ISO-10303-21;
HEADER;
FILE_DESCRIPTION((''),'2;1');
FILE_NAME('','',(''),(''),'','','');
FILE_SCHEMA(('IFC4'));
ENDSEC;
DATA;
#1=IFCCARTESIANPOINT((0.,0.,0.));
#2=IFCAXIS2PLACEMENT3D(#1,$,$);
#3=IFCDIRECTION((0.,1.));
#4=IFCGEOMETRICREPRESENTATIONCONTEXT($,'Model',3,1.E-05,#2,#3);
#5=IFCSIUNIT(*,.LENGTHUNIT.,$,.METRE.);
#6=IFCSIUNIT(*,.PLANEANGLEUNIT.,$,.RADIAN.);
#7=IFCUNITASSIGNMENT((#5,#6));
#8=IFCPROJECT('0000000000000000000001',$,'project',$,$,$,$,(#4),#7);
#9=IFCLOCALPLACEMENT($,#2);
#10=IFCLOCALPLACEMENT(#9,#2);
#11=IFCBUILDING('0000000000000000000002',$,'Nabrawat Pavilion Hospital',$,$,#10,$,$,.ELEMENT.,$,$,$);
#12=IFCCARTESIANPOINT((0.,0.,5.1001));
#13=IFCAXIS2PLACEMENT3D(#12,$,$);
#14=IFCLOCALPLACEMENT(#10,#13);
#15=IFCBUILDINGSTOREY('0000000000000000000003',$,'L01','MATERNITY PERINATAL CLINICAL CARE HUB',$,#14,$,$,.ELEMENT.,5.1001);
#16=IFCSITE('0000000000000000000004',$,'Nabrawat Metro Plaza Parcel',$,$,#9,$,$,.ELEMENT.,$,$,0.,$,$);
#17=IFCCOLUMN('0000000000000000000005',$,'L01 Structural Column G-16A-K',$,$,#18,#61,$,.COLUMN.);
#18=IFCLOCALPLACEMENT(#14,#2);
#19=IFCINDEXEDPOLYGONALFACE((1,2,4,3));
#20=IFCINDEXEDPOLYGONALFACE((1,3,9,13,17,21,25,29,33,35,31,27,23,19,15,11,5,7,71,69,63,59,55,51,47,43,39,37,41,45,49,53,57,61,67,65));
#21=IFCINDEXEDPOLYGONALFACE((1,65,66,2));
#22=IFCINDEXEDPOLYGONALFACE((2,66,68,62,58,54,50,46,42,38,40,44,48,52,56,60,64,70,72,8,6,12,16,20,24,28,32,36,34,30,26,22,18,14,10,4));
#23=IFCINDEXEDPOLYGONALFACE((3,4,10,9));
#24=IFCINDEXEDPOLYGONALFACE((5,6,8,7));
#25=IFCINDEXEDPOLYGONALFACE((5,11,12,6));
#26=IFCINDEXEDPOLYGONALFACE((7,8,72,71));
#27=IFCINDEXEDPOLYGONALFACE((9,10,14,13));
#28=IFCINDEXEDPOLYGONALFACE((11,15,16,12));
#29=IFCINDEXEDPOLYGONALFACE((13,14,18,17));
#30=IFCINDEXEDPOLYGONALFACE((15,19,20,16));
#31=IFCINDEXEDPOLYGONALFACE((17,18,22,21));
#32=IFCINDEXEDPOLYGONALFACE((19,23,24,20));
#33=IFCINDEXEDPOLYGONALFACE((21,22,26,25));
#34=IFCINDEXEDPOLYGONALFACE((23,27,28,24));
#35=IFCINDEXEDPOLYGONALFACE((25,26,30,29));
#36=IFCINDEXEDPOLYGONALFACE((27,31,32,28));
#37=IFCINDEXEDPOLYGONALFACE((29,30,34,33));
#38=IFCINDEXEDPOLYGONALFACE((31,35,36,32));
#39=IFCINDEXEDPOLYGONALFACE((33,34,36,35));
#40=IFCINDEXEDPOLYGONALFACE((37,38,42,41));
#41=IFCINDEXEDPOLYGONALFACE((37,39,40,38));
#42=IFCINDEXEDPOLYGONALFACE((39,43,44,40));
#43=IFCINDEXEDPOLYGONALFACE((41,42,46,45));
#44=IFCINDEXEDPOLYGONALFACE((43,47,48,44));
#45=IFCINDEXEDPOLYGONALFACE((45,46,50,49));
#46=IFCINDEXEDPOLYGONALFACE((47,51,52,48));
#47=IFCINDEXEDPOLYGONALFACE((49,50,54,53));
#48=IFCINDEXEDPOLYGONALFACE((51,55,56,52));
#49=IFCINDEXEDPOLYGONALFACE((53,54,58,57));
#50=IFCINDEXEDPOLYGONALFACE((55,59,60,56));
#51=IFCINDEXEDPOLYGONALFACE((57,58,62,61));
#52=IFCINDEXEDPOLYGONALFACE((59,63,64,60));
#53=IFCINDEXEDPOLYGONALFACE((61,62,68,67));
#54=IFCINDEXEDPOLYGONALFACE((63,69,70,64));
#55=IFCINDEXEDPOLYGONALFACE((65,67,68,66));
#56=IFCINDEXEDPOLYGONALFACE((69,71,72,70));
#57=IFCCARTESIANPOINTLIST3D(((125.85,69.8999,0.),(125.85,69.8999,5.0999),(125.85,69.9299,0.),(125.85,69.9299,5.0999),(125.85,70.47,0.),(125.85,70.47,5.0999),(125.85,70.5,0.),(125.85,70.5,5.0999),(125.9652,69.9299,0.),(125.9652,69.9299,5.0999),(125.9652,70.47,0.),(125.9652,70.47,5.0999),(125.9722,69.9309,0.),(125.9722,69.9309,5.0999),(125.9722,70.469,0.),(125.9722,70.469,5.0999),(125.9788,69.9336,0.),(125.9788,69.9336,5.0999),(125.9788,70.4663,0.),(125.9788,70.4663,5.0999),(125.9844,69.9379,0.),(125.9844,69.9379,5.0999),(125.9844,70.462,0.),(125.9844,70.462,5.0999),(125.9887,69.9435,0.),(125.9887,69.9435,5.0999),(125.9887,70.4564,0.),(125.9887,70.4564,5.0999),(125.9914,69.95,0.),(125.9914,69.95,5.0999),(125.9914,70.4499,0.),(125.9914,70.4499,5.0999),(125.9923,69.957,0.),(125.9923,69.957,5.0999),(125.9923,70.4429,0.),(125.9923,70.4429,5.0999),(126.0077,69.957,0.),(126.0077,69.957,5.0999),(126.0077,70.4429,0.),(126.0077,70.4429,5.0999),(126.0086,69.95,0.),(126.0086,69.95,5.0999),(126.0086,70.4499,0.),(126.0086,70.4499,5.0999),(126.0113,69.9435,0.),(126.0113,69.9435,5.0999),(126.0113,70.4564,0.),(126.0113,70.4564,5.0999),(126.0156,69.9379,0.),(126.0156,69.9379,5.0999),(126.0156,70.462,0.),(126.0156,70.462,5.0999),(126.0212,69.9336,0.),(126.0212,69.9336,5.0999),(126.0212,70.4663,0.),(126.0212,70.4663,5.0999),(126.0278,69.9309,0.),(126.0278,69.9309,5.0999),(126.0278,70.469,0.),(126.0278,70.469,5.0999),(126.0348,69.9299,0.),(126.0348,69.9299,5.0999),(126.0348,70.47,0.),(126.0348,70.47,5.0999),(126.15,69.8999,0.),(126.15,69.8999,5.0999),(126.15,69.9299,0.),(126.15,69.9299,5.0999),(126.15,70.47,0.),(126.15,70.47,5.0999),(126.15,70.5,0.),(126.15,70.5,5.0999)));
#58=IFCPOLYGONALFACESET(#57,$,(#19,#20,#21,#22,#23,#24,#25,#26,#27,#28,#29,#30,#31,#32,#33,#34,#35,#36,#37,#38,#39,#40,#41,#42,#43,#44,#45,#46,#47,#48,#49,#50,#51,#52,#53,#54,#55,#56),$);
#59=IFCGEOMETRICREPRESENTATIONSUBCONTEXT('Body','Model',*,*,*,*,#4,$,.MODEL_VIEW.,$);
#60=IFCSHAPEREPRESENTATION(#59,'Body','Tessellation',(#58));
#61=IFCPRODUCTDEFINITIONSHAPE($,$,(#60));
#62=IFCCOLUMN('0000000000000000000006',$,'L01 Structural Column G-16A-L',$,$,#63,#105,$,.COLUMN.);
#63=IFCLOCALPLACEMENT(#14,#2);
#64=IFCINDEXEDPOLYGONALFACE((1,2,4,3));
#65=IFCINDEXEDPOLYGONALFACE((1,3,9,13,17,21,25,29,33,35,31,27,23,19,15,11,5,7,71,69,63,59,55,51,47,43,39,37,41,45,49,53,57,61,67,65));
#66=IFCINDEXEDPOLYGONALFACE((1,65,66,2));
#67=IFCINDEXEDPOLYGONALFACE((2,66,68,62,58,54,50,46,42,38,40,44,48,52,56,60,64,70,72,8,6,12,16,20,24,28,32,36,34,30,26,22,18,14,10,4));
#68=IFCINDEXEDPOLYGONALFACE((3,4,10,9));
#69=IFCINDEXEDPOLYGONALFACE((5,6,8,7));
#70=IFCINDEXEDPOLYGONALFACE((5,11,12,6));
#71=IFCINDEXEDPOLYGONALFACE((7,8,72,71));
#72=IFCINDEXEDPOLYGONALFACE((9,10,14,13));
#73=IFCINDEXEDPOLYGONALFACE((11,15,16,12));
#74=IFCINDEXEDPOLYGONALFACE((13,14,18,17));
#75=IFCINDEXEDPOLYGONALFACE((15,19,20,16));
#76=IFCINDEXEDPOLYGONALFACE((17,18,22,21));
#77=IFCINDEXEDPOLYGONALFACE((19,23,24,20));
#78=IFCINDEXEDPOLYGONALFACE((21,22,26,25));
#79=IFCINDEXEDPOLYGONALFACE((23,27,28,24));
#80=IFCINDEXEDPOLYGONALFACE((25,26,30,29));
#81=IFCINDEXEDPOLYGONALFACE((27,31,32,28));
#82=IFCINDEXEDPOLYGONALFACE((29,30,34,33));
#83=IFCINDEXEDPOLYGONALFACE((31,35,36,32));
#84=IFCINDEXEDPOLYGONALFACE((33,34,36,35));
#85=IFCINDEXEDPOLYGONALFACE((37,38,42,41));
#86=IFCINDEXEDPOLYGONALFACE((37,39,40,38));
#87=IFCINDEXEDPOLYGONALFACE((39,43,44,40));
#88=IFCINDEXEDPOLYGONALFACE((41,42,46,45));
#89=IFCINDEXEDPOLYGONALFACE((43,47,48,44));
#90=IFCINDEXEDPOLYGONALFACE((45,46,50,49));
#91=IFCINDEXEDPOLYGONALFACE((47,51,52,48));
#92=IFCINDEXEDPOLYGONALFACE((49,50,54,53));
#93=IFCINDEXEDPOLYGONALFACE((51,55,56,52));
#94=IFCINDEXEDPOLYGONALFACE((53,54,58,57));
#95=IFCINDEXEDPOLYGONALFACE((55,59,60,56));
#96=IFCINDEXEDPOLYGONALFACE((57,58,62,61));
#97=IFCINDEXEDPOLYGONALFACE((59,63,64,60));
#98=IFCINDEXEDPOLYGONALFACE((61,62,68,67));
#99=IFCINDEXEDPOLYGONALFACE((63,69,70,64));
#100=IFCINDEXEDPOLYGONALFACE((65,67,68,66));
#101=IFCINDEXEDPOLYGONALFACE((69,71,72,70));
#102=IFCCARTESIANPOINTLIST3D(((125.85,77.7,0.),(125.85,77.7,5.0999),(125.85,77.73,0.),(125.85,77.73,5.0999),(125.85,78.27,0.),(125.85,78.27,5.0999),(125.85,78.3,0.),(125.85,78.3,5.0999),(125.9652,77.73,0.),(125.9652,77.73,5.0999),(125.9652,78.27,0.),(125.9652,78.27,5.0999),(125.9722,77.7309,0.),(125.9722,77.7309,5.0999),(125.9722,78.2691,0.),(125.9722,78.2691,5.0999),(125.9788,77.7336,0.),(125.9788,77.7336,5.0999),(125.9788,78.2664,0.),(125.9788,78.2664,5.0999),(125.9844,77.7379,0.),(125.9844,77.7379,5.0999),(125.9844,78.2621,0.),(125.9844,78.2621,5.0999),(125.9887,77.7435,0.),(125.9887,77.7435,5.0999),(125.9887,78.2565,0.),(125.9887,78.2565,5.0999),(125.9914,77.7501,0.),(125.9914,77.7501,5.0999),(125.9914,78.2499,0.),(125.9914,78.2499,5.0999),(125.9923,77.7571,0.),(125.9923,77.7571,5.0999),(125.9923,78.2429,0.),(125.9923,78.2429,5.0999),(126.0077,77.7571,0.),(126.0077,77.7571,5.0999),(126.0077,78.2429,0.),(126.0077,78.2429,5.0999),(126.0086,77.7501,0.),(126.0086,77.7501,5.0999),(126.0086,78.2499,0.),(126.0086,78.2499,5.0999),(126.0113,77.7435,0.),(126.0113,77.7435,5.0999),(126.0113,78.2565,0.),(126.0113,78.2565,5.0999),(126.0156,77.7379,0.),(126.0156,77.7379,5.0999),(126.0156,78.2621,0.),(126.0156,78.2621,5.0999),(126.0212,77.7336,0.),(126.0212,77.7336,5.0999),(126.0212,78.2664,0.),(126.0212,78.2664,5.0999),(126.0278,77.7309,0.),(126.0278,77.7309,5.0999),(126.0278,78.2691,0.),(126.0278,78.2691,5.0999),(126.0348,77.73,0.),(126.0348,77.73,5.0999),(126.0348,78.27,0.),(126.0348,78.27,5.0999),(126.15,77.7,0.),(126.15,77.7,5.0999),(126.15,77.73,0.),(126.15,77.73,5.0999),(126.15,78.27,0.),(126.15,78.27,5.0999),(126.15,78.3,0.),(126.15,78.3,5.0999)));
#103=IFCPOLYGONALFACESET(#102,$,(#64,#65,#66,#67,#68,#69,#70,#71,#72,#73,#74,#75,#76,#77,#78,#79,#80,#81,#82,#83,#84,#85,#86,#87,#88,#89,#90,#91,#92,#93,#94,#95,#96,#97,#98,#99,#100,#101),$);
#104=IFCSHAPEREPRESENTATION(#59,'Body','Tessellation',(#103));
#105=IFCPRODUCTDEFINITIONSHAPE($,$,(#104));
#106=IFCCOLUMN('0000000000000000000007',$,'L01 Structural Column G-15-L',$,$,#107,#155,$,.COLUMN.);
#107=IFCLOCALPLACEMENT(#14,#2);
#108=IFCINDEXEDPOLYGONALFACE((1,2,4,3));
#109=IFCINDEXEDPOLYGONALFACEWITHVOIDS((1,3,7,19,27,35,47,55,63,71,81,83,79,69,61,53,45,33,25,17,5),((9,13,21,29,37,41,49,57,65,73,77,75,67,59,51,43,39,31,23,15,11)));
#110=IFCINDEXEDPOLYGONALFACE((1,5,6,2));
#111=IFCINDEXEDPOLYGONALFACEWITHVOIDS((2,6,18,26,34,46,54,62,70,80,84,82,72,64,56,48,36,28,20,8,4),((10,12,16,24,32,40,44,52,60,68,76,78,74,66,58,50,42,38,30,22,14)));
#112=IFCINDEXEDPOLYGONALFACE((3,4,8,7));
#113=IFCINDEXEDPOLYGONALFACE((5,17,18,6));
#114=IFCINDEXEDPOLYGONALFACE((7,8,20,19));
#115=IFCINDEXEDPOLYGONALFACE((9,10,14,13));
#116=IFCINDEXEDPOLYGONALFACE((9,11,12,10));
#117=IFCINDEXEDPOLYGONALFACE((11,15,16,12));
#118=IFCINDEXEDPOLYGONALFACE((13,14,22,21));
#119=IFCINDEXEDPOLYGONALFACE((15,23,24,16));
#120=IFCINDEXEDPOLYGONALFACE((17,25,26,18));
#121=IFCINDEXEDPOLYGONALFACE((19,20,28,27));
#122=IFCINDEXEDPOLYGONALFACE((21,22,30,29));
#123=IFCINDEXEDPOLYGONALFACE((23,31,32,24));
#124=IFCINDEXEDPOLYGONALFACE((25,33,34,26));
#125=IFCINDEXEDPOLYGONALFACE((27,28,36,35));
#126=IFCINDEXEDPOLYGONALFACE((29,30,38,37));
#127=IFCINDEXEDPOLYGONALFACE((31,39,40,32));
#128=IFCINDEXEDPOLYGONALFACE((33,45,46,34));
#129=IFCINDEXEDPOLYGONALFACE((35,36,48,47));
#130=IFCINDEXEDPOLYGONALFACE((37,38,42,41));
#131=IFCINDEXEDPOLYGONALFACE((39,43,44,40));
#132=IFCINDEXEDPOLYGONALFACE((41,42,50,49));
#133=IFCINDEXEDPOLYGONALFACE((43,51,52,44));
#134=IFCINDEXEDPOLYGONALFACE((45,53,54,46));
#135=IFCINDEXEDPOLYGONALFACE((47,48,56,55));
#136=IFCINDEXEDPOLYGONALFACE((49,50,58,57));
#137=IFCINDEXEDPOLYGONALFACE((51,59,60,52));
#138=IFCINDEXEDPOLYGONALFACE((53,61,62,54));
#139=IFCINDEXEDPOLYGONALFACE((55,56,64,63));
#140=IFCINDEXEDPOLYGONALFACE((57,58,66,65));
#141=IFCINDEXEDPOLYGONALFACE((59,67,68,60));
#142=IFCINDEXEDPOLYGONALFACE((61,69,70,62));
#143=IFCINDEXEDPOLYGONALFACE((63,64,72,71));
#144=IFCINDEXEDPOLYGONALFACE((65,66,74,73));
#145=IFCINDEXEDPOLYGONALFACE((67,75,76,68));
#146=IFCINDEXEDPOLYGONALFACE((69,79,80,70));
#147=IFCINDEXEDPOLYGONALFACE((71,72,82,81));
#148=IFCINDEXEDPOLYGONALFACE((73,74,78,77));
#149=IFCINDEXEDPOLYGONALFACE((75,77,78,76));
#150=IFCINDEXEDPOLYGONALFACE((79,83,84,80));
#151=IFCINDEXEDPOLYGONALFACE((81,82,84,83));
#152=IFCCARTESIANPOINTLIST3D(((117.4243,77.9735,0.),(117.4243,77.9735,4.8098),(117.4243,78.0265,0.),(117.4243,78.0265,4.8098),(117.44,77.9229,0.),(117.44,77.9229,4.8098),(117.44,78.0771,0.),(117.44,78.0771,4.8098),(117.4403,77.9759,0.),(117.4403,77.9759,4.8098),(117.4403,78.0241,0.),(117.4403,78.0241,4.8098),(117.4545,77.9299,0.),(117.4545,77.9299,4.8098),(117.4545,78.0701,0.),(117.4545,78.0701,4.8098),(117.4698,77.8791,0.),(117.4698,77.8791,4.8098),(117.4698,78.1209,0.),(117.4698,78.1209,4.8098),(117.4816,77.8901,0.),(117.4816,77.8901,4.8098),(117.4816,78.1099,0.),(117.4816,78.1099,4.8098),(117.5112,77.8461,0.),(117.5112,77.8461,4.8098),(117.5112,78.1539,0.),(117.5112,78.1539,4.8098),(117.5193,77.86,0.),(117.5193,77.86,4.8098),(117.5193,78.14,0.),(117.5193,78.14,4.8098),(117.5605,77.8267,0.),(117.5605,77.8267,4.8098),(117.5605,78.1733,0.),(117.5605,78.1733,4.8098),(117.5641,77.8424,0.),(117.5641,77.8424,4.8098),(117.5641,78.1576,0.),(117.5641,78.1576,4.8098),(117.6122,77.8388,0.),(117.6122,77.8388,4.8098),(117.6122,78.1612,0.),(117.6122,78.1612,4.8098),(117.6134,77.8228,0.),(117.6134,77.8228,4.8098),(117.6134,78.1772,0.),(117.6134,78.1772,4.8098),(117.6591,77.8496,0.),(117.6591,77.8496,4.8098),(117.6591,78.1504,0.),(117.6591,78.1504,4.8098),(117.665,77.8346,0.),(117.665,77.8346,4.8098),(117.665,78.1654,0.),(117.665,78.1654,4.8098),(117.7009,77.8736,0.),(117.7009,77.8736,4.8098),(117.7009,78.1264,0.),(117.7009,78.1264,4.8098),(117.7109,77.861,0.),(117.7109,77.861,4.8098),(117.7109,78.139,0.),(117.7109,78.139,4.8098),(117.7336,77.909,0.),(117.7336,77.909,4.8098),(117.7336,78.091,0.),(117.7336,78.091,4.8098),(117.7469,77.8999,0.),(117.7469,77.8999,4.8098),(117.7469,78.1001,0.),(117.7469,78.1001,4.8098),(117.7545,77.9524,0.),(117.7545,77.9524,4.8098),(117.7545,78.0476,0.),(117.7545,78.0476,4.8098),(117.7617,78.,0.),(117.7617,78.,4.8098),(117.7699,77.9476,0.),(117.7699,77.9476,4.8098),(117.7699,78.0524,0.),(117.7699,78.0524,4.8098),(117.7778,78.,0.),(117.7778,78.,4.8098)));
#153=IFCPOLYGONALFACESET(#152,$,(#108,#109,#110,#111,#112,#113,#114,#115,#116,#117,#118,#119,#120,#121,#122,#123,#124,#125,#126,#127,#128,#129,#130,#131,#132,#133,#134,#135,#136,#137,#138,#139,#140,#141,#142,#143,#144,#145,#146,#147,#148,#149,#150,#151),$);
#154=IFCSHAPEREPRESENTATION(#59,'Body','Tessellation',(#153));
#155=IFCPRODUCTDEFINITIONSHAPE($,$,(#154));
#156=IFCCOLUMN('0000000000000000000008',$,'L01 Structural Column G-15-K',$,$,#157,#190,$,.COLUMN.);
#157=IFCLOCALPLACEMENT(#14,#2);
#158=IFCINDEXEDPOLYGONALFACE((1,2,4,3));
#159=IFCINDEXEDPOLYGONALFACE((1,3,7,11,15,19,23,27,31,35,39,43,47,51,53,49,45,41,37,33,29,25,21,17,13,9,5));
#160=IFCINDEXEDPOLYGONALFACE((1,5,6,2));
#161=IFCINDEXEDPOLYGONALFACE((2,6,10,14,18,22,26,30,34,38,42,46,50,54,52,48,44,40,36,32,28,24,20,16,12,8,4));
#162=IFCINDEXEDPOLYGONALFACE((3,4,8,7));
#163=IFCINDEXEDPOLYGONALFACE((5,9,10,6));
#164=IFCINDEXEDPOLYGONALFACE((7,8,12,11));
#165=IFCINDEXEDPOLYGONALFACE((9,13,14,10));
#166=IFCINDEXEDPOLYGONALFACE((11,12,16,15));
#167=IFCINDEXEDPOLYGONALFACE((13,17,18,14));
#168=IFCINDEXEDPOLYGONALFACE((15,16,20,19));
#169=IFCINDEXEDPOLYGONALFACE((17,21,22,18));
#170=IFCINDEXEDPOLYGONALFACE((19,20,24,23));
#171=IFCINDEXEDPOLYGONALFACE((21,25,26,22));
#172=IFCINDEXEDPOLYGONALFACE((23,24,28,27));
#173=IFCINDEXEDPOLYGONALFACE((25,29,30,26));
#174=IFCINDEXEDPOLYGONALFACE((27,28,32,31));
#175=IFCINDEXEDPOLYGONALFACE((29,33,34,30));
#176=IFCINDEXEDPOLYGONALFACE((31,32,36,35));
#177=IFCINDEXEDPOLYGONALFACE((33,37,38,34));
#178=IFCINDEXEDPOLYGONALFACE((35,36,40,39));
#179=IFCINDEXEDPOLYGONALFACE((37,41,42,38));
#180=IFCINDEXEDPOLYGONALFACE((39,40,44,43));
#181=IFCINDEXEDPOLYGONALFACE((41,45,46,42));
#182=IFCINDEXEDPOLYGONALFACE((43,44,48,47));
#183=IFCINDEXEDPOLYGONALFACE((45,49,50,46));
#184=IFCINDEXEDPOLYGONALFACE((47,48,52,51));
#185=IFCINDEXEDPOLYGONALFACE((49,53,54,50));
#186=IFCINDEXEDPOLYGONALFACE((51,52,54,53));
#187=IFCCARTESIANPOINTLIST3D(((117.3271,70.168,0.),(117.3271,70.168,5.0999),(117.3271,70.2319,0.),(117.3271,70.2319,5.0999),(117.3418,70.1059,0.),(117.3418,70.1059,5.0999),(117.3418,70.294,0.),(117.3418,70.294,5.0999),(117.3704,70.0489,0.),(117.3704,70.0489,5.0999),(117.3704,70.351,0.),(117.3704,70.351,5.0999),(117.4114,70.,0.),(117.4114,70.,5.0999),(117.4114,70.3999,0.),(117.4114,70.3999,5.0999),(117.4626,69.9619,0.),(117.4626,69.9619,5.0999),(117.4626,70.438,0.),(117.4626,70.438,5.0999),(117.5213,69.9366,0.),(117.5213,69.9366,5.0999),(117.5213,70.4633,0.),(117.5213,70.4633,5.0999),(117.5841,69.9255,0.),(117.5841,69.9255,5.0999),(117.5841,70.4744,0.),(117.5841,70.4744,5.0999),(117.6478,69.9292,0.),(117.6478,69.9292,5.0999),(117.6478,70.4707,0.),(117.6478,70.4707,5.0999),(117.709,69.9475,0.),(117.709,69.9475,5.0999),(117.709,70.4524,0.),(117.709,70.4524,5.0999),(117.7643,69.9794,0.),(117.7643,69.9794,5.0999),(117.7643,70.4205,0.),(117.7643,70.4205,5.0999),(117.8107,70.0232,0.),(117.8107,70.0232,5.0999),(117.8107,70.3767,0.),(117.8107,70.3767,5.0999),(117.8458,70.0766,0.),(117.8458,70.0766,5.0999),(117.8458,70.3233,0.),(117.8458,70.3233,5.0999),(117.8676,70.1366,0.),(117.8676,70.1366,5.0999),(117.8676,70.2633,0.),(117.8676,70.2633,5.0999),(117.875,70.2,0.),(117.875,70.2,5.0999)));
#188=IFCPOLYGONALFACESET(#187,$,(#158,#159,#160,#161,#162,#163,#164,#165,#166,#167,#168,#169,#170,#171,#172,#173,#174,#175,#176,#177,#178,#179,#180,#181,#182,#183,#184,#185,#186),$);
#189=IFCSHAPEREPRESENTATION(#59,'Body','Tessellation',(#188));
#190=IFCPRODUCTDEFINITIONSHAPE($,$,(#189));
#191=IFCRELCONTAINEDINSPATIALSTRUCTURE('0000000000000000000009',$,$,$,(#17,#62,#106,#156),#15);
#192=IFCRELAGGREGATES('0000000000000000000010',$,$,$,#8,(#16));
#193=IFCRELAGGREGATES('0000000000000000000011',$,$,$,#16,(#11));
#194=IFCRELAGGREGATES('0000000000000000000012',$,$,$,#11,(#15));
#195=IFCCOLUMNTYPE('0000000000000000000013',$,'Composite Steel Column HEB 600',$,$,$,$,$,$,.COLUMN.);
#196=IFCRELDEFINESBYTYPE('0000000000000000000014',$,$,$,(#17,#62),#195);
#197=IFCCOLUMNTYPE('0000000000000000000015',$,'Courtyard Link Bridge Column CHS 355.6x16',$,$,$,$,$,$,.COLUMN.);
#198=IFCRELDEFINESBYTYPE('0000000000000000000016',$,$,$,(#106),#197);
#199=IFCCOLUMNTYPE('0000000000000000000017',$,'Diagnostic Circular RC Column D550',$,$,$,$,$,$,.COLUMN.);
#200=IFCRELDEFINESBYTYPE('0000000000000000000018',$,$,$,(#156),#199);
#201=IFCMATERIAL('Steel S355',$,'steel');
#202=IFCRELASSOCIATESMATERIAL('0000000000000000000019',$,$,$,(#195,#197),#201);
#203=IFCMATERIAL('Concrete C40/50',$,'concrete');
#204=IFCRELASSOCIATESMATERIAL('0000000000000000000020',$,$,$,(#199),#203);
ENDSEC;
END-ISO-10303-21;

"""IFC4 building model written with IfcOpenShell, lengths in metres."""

from ifc_helpers import new_model, si_unit, direction, frame, origin, origin_2d, place, context, subcontext, project, spatial, circle, hollow_circle, i_section, extrude, material, material_profile, profile_set, type_object, element, save


model = new_model("IFC4")

# Units and contexts
model_context = context("Model", 3, precision=1e-05, world=origin(), true_north=direction((0.0, 1.0)))
body_context = subcontext(model_context, "Body", "Model", "MODEL_VIEW")
ifc_project = project(units=[si_unit("LENGTHUNIT", "METRE"), si_unit("PLANEANGLEUNIT", "RADIAN")], contexts=[model_context])

# Site, building, storey
site_placement = place(None, origin())
site = spatial("IfcSite", under=ifc_project, at=site_placement, Name="Nabrawat Metro Plaza Parcel", CompositionType="ELEMENT", RefElevation=0.0)
building_placement = place(site_placement, origin())
building = spatial("IfcBuilding", under=site, at=building_placement, Name="Nabrawat Pavilion Hospital", CompositionType="ELEMENT")
storey_placement = place(building_placement, frame((0.0, 0.0, 5.1001)))
storey = spatial("IfcBuildingStorey", under=building, at=storey_placement, Name="L01", Description="MATERNITY PERINATAL CLINICAL CARE HUB", CompositionType="ELEMENT", Elevation=5.1001)

# Columns
ifc_material_1 = material(Name="Steel S355", Category="steel")
ifc_material_profile_1 = material_profile(ifc_material_1, i_section(OverallWidth=0.3, OverallDepth=0.6001, WebThickness=0.0154, FlangeThickness=0.03, FilletRadius=0.0271, at=origin_2d()), Name="HEB 600")
ifc_profile_set_1 = profile_set([ifc_material_profile_1], Name="Steel S355")
column_type_1 = type_object("IfcColumnType", Name="Composite Steel Column HEB 600", PredefinedType="COLUMN", material=ifc_profile_set_1)
for number, where, z_axis, x_axis, name in (
    (1, (126.0, 70.2, 0.0), (0.0, 0.0, 1.0), (1.0, 0.0, 0.0), "L01 Structural Column G-16A-K"),
    (2, (126.0, 78.0, 0.0), (0.0, 0.0, 1.0), (1.0, 0.0, 0.0), "L01 Structural Column G-16A-L"),
):
    element("IfcColumn", number, at=place(storey_placement, frame(where, z_axis=z_axis, x_axis=x_axis)), inside=storey, type_object=column_type_1, Name=name, PredefinedType="COLUMN", context=body_context, shape_type="SweptSolid", body=[
        extrude(i_section(OverallWidth=0.3, OverallDepth=0.6001, WebThickness=0.0154, FlangeThickness=0.03, FilletRadius=0.0271, at=origin_2d()), origin(), (0.0, 0.0, 1.0), 5.0999),
    ])
ifc_material_profile_2 = material_profile(ifc_material_1, hollow_circle(Radius=0.1777, WallThickness=0.0161, at=origin_2d()), Name="CHS 355.6x16")
ifc_profile_set_2 = profile_set([ifc_material_profile_2], Name="Steel S355")
column_type_2 = type_object("IfcColumnType", Name="Courtyard Link Bridge Column CHS 355.6x16", PredefinedType="COLUMN", material=ifc_profile_set_2)
column_1_placement = place(storey_placement, frame((117.6001, 78.0, 0.0), z_axis=(0.0, 0.0, 1.0), x_axis=(1.0, 0.0, 0.0)))
element("IfcColumn", 3, at=column_1_placement, inside=storey, type_object=column_type_2, Name="L01 Structural Column G-15-L", PredefinedType="COLUMN", context=body_context, shape_type="SweptSolid", body=[
    extrude(hollow_circle(Radius=0.1777, WallThickness=0.0161, at=origin_2d()), origin(), (0.0, 0.0, 1.0), 4.8098),
])
ifc_material_2 = material(Name="Concrete C40/50", Category="concrete")
ifc_material_profile_3 = material_profile(ifc_material_2, circle(Radius=0.2749, at=origin_2d()), Name="RC D550")
ifc_profile_set_3 = profile_set([ifc_material_profile_3], Name="Concrete C40/50")
column_type_3 = type_object("IfcColumnType", Name="Diagnostic Circular RC Column D550", PredefinedType="COLUMN", material=ifc_profile_set_3)
column_2_placement = place(storey_placement, frame((117.6001, 70.2, 0.0), z_axis=(0.0, 0.0, 1.0), x_axis=(1.0, 0.0, 0.0)))
element("IfcColumn", 4, at=column_2_placement, inside=storey, type_object=column_type_3, Name="L01 Structural Column G-15-K", PredefinedType="COLUMN", context=body_context, shape_type="SweptSolid", body=[
    extrude(circle(Radius=0.2749, at=origin_2d()), origin(), (0.0, 0.0, 1.0), 5.0999),
])

save(model, "model.ifc")
